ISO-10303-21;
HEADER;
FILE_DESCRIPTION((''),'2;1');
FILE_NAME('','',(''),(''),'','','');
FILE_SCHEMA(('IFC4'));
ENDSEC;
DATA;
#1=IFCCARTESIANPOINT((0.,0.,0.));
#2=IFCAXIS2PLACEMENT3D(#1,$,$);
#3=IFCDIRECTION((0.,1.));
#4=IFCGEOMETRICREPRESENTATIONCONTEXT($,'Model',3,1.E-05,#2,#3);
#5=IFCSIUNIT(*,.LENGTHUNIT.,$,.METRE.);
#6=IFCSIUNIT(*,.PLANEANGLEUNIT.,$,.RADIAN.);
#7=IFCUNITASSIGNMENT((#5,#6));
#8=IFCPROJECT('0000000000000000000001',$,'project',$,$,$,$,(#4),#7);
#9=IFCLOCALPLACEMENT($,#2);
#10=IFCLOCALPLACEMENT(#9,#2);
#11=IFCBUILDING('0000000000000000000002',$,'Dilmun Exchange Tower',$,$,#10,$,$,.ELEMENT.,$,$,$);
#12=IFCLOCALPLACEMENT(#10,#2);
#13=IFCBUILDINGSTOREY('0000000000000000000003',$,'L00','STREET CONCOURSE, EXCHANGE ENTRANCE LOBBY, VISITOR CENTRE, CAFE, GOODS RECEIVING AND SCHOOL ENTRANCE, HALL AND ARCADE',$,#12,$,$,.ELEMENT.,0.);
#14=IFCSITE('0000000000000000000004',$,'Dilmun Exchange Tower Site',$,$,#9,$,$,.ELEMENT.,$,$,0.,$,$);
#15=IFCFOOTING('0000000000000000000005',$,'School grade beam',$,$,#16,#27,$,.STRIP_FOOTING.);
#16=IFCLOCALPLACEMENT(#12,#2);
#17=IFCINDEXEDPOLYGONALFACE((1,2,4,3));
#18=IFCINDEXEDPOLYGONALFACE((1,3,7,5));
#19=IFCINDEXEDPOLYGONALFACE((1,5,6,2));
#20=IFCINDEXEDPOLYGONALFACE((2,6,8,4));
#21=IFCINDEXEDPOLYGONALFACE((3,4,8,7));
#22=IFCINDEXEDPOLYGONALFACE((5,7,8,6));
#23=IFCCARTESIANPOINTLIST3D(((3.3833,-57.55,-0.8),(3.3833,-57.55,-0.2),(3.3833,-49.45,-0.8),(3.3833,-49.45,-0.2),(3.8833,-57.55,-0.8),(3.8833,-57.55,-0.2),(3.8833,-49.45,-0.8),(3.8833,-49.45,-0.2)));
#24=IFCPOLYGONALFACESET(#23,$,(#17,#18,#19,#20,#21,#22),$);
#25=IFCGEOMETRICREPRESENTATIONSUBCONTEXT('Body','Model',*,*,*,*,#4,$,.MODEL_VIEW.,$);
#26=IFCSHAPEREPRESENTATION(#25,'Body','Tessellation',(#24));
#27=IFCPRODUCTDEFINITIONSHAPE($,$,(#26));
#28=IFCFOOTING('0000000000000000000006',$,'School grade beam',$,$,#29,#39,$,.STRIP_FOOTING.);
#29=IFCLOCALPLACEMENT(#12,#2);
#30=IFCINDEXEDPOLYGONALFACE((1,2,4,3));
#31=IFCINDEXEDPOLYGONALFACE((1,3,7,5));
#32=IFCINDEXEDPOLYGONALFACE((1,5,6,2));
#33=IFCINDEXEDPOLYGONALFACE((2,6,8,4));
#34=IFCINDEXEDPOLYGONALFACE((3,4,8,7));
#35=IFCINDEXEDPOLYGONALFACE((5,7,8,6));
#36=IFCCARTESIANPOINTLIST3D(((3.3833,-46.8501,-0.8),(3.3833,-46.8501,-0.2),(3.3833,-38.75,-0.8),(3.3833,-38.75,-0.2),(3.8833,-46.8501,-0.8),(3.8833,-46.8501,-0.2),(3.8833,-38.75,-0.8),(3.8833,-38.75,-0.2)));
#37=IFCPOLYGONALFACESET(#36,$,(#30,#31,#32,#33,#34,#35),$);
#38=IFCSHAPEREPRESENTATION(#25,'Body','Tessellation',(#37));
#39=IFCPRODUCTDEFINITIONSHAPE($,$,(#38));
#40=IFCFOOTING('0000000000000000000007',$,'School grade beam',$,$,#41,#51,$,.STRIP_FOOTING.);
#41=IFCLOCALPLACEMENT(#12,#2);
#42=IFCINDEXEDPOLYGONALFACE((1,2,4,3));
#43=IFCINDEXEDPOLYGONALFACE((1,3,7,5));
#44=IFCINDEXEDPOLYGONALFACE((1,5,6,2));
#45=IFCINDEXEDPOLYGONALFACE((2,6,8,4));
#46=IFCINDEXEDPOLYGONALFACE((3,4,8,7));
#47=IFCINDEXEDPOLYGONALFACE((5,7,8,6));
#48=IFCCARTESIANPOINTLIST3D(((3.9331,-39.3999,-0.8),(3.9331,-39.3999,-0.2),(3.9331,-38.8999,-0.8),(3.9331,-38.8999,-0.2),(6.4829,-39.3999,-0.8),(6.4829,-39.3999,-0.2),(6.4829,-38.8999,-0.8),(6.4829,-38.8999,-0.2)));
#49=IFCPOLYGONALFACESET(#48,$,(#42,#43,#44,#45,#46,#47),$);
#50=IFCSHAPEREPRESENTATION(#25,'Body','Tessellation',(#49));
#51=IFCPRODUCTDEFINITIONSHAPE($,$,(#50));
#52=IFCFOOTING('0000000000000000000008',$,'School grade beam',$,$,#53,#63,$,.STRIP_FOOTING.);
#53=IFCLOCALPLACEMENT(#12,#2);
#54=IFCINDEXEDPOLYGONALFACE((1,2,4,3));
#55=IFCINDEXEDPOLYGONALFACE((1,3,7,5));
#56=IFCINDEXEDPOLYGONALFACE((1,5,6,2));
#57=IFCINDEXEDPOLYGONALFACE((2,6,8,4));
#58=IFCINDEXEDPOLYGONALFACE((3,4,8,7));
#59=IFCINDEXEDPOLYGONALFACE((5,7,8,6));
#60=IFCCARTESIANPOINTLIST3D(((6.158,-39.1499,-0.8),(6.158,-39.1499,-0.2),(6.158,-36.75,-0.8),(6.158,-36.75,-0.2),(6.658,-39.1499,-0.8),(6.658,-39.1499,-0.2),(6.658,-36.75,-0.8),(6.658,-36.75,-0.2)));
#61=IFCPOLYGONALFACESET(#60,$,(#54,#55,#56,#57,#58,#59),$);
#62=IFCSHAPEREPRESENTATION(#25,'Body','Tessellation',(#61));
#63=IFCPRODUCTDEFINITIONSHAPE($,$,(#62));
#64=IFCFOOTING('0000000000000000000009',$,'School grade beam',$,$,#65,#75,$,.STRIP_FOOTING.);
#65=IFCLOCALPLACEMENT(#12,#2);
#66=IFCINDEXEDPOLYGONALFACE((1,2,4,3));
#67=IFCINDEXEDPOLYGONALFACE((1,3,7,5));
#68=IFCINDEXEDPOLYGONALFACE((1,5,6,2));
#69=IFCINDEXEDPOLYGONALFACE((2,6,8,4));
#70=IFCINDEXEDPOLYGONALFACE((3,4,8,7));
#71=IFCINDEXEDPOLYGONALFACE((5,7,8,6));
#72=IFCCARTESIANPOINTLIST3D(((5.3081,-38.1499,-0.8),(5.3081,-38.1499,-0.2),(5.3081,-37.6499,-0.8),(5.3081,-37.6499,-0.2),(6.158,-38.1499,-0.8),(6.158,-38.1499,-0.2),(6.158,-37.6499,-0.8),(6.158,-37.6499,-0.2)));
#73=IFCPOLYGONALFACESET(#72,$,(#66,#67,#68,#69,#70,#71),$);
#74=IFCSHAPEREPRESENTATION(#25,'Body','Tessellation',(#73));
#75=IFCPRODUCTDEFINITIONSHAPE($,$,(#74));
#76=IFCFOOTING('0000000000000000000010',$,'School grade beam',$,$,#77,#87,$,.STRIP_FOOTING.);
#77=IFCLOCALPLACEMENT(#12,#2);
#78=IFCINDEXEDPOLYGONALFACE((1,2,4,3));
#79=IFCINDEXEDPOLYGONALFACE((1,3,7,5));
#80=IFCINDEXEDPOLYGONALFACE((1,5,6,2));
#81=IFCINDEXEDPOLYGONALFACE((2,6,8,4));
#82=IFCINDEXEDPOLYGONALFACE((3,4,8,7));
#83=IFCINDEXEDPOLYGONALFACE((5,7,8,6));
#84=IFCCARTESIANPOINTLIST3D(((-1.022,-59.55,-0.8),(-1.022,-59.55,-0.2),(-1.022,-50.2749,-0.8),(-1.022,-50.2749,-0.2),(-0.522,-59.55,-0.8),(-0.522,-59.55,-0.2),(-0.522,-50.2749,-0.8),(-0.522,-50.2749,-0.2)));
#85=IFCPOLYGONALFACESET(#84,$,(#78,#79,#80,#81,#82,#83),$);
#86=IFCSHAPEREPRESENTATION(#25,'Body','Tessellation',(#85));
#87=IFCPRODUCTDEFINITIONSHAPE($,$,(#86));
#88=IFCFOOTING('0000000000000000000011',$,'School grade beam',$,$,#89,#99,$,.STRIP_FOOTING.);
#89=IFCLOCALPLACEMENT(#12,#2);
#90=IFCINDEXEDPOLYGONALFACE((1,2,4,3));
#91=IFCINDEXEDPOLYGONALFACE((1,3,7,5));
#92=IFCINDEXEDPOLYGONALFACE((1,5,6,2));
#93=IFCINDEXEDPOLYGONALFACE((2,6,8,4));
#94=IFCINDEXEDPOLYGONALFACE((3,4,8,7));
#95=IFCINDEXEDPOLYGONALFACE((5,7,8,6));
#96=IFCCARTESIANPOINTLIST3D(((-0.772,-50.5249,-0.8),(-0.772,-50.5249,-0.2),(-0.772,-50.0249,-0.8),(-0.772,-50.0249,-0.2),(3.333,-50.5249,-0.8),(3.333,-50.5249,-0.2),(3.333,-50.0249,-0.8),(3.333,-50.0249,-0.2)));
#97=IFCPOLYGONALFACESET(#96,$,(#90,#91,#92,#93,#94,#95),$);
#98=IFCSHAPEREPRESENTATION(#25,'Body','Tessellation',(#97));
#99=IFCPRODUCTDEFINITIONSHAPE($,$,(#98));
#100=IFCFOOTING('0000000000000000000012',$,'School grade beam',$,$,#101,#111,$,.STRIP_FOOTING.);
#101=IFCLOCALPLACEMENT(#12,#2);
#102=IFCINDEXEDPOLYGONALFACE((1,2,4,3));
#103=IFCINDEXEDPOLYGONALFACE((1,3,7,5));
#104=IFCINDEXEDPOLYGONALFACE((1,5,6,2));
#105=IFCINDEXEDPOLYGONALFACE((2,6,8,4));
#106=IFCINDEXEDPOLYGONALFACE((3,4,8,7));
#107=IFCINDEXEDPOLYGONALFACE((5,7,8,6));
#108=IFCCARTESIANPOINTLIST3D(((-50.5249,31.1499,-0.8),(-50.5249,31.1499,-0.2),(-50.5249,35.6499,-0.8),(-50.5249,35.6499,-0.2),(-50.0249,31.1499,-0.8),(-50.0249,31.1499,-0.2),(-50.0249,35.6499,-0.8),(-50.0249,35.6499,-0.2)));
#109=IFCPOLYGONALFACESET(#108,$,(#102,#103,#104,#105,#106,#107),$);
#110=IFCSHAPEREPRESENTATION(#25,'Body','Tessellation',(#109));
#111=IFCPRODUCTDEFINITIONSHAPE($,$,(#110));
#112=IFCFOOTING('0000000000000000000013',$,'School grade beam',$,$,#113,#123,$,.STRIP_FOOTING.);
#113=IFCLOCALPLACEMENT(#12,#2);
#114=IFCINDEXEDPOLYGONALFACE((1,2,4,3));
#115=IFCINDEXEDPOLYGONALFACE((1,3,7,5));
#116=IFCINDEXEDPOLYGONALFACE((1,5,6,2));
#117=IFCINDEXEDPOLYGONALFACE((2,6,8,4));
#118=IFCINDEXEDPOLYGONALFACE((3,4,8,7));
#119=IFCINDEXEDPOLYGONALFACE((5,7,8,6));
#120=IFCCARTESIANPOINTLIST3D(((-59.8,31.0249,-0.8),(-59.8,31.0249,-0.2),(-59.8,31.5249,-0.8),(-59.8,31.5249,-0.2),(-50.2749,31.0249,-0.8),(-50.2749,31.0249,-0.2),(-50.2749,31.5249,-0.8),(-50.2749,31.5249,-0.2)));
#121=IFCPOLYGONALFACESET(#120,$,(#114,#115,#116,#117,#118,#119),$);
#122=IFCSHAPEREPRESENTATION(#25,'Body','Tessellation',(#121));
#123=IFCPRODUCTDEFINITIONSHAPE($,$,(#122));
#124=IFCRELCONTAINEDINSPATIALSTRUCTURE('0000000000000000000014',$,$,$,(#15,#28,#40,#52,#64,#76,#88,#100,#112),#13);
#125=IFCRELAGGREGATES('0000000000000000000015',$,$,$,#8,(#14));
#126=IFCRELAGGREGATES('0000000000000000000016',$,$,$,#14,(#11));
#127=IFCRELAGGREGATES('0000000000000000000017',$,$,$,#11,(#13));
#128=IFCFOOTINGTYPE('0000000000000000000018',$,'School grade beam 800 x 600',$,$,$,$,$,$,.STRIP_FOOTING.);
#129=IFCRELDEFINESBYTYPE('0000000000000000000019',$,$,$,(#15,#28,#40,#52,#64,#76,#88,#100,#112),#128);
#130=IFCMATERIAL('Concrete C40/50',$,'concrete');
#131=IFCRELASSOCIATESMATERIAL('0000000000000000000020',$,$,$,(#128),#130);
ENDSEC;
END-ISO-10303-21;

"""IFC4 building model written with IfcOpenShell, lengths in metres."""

from ifc_helpers import new_model, si_unit, direction, frame, origin, place, context, subcontext, project, spatial, polyline, outline, extrude, material, type_object, element, save


model = new_model("IFC4")

# Units and contexts
model_context = context("Model", 3, precision=1e-05, world=origin(), true_north=direction((0.0, 1.0)))
body_context = subcontext(model_context, "Body", "Model", "MODEL_VIEW")
ifc_project = project(units=[si_unit("LENGTHUNIT", "METRE"), si_unit("PLANEANGLEUNIT", "RADIAN")], contexts=[model_context])

# Site, building, storey
site_placement = place(None, origin())
site = spatial("IfcSite", under=ifc_project, at=site_placement, Name="Dilmun Exchange Tower Site", CompositionType="ELEMENT", RefElevation=0.0)
building_placement = place(site_placement, origin())
building = spatial("IfcBuilding", under=site, at=building_placement, Name="Dilmun Exchange Tower", CompositionType="ELEMENT")
storey_placement = place(building_placement, origin())
storey = spatial("IfcBuildingStorey", under=building, at=storey_placement, Name="L00", Description="STREET CONCOURSE, EXCHANGE ENTRANCE LOBBY, VISITOR CENTRE, CAFE, GOODS RECEIVING AND SCHOOL ENTRANCE, HALL AND ARCADE", CompositionType="ELEMENT", Elevation=0.0)

# Footings
ifc_material = material(Name="Concrete C40/50", Category="concrete")
footing_type = type_object("IfcFootingType", Name="School grade beam 800 x 600", PredefinedType="STRIP_FOOTING", material=ifc_material)
footing_1_placement = place(storey_placement, frame((0.0, 0.0, -0.8)))
element("IfcFooting", 1, at=footing_1_placement, inside=storey, type_object=footing_type, Name="School grade beam", PredefinedType="STRIP_FOOTING", context=body_context, shape_type="SweptSolid", body=[
    extrude(outline(polyline([(3.8833, -49.45), (3.8833, -57.55), (3.3833, -57.55), (3.3833, -49.45), (3.8833, -49.45)])), origin(), (0.0, 0.0, 1.0), 0.6001),
])
footing_2_placement = place(storey_placement, frame((0.0, 0.0, -0.8)))
element("IfcFooting", 2, at=footing_2_placement, inside=storey, type_object=footing_type, Name="School grade beam", PredefinedType="STRIP_FOOTING", context=body_context, shape_type="SweptSolid", body=[
    extrude(outline(polyline([(3.8833, -38.75), (3.8833, -46.8501), (3.3833, -46.8501), (3.3833, -38.75), (3.8833, -38.75)])), origin(), (0.0, 0.0, 1.0), 0.6001),
])
footing_3_placement = place(storey_placement, frame((0.0, 0.0, -0.8)))
element("IfcFooting", 3, at=footing_3_placement, inside=storey, type_object=footing_type, Name="School grade beam", PredefinedType="STRIP_FOOTING", context=body_context, shape_type="SweptSolid", body=[
    extrude(outline(polyline([(6.4829, -39.3999), (3.9331, -39.3999), (3.9331, -38.8999), (6.4829, -38.8999), (6.4829, -39.3999)])), origin(), (0.0, 0.0, 1.0), 0.6001),
])
footing_4_placement = place(storey_placement, frame((0.0, 0.0, -0.8)))
element("IfcFooting", 4, at=footing_4_placement, inside=storey, type_object=footing_type, Name="School grade beam", PredefinedType="STRIP_FOOTING", context=body_context, shape_type="SweptSolid", body=[
    extrude(outline(polyline([(6.658, -36.75), (6.658, -39.1499), (6.158, -39.1499), (6.158, -36.75), (6.658, -36.75)])), origin(), (0.0, 0.0, 1.0), 0.6001),
])
footing_5_placement = place(storey_placement, frame((0.0, 0.0, -0.8)))
element("IfcFooting", 5, at=footing_5_placement, inside=storey, type_object=footing_type, Name="School grade beam", PredefinedType="STRIP_FOOTING", context=body_context, shape_type="SweptSolid", body=[
    extrude(outline(polyline([(6.158, -38.1499), (5.3081, -38.1499), (5.3081, -37.6499), (6.158, -37.6499), (6.158, -38.1499)])), origin(), (0.0, 0.0, 1.0), 0.6001),
])
footing_6_placement = place(storey_placement, frame((0.0, 0.0, -0.8)))
element("IfcFooting", 6, at=footing_6_placement, inside=storey, type_object=footing_type, Name="School grade beam", PredefinedType="STRIP_FOOTING", context=body_context, shape_type="SweptSolid", body=[
    extrude(outline(polyline([(-0.522, -50.2749), (-0.522, -59.55), (-1.022, -59.55), (-1.022, -50.2749), (-0.522, -50.2749)])), origin(), (0.0, 0.0, 1.0), 0.6001),
])
footing_7_placement = place(storey_placement, frame((0.0, 0.0, -0.8)))
element("IfcFooting", 7, at=footing_7_placement, inside=storey, type_object=footing_type, Name="School grade beam", PredefinedType="STRIP_FOOTING", context=body_context, shape_type="SweptSolid", body=[
    extrude(outline(polyline([(3.333, -50.5249), (-0.772, -50.5249), (-0.772, -50.0249), (3.333, -50.0249), (3.333, -50.5249)])), origin(), (0.0, 0.0, 1.0), 0.6001),
])
footing_8_placement = place(storey_placement, frame((0.0, 0.0, -0.8)))
element("IfcFooting", 8, at=footing_8_placement, inside=storey, type_object=footing_type, Name="School grade beam", PredefinedType="STRIP_FOOTING", context=body_context, shape_type="SweptSolid", body=[
    extrude(outline(polyline([(-50.0249, 35.6499), (-50.0249, 31.1499), (-50.5249, 31.1499), (-50.5249, 35.6499), (-50.0249, 35.6499)])), origin(), (0.0, 0.0, 1.0), 0.6001),
])
footing_9_placement = place(storey_placement, frame((0.0, 0.0, -0.8)))
element("IfcFooting", 9, at=footing_9_placement, inside=storey, type_object=footing_type, Name="School grade beam", PredefinedType="STRIP_FOOTING", context=body_context, shape_type="SweptSolid", body=[
    extrude(outline(polyline([(-50.2749, 31.0249), (-59.8, 31.0249), (-59.8, 31.5249), (-50.2749, 31.5249), (-50.2749, 31.0249)])), origin(), (0.0, 0.0, 1.0), 0.6001),
])

save(model, "model.ifc")
